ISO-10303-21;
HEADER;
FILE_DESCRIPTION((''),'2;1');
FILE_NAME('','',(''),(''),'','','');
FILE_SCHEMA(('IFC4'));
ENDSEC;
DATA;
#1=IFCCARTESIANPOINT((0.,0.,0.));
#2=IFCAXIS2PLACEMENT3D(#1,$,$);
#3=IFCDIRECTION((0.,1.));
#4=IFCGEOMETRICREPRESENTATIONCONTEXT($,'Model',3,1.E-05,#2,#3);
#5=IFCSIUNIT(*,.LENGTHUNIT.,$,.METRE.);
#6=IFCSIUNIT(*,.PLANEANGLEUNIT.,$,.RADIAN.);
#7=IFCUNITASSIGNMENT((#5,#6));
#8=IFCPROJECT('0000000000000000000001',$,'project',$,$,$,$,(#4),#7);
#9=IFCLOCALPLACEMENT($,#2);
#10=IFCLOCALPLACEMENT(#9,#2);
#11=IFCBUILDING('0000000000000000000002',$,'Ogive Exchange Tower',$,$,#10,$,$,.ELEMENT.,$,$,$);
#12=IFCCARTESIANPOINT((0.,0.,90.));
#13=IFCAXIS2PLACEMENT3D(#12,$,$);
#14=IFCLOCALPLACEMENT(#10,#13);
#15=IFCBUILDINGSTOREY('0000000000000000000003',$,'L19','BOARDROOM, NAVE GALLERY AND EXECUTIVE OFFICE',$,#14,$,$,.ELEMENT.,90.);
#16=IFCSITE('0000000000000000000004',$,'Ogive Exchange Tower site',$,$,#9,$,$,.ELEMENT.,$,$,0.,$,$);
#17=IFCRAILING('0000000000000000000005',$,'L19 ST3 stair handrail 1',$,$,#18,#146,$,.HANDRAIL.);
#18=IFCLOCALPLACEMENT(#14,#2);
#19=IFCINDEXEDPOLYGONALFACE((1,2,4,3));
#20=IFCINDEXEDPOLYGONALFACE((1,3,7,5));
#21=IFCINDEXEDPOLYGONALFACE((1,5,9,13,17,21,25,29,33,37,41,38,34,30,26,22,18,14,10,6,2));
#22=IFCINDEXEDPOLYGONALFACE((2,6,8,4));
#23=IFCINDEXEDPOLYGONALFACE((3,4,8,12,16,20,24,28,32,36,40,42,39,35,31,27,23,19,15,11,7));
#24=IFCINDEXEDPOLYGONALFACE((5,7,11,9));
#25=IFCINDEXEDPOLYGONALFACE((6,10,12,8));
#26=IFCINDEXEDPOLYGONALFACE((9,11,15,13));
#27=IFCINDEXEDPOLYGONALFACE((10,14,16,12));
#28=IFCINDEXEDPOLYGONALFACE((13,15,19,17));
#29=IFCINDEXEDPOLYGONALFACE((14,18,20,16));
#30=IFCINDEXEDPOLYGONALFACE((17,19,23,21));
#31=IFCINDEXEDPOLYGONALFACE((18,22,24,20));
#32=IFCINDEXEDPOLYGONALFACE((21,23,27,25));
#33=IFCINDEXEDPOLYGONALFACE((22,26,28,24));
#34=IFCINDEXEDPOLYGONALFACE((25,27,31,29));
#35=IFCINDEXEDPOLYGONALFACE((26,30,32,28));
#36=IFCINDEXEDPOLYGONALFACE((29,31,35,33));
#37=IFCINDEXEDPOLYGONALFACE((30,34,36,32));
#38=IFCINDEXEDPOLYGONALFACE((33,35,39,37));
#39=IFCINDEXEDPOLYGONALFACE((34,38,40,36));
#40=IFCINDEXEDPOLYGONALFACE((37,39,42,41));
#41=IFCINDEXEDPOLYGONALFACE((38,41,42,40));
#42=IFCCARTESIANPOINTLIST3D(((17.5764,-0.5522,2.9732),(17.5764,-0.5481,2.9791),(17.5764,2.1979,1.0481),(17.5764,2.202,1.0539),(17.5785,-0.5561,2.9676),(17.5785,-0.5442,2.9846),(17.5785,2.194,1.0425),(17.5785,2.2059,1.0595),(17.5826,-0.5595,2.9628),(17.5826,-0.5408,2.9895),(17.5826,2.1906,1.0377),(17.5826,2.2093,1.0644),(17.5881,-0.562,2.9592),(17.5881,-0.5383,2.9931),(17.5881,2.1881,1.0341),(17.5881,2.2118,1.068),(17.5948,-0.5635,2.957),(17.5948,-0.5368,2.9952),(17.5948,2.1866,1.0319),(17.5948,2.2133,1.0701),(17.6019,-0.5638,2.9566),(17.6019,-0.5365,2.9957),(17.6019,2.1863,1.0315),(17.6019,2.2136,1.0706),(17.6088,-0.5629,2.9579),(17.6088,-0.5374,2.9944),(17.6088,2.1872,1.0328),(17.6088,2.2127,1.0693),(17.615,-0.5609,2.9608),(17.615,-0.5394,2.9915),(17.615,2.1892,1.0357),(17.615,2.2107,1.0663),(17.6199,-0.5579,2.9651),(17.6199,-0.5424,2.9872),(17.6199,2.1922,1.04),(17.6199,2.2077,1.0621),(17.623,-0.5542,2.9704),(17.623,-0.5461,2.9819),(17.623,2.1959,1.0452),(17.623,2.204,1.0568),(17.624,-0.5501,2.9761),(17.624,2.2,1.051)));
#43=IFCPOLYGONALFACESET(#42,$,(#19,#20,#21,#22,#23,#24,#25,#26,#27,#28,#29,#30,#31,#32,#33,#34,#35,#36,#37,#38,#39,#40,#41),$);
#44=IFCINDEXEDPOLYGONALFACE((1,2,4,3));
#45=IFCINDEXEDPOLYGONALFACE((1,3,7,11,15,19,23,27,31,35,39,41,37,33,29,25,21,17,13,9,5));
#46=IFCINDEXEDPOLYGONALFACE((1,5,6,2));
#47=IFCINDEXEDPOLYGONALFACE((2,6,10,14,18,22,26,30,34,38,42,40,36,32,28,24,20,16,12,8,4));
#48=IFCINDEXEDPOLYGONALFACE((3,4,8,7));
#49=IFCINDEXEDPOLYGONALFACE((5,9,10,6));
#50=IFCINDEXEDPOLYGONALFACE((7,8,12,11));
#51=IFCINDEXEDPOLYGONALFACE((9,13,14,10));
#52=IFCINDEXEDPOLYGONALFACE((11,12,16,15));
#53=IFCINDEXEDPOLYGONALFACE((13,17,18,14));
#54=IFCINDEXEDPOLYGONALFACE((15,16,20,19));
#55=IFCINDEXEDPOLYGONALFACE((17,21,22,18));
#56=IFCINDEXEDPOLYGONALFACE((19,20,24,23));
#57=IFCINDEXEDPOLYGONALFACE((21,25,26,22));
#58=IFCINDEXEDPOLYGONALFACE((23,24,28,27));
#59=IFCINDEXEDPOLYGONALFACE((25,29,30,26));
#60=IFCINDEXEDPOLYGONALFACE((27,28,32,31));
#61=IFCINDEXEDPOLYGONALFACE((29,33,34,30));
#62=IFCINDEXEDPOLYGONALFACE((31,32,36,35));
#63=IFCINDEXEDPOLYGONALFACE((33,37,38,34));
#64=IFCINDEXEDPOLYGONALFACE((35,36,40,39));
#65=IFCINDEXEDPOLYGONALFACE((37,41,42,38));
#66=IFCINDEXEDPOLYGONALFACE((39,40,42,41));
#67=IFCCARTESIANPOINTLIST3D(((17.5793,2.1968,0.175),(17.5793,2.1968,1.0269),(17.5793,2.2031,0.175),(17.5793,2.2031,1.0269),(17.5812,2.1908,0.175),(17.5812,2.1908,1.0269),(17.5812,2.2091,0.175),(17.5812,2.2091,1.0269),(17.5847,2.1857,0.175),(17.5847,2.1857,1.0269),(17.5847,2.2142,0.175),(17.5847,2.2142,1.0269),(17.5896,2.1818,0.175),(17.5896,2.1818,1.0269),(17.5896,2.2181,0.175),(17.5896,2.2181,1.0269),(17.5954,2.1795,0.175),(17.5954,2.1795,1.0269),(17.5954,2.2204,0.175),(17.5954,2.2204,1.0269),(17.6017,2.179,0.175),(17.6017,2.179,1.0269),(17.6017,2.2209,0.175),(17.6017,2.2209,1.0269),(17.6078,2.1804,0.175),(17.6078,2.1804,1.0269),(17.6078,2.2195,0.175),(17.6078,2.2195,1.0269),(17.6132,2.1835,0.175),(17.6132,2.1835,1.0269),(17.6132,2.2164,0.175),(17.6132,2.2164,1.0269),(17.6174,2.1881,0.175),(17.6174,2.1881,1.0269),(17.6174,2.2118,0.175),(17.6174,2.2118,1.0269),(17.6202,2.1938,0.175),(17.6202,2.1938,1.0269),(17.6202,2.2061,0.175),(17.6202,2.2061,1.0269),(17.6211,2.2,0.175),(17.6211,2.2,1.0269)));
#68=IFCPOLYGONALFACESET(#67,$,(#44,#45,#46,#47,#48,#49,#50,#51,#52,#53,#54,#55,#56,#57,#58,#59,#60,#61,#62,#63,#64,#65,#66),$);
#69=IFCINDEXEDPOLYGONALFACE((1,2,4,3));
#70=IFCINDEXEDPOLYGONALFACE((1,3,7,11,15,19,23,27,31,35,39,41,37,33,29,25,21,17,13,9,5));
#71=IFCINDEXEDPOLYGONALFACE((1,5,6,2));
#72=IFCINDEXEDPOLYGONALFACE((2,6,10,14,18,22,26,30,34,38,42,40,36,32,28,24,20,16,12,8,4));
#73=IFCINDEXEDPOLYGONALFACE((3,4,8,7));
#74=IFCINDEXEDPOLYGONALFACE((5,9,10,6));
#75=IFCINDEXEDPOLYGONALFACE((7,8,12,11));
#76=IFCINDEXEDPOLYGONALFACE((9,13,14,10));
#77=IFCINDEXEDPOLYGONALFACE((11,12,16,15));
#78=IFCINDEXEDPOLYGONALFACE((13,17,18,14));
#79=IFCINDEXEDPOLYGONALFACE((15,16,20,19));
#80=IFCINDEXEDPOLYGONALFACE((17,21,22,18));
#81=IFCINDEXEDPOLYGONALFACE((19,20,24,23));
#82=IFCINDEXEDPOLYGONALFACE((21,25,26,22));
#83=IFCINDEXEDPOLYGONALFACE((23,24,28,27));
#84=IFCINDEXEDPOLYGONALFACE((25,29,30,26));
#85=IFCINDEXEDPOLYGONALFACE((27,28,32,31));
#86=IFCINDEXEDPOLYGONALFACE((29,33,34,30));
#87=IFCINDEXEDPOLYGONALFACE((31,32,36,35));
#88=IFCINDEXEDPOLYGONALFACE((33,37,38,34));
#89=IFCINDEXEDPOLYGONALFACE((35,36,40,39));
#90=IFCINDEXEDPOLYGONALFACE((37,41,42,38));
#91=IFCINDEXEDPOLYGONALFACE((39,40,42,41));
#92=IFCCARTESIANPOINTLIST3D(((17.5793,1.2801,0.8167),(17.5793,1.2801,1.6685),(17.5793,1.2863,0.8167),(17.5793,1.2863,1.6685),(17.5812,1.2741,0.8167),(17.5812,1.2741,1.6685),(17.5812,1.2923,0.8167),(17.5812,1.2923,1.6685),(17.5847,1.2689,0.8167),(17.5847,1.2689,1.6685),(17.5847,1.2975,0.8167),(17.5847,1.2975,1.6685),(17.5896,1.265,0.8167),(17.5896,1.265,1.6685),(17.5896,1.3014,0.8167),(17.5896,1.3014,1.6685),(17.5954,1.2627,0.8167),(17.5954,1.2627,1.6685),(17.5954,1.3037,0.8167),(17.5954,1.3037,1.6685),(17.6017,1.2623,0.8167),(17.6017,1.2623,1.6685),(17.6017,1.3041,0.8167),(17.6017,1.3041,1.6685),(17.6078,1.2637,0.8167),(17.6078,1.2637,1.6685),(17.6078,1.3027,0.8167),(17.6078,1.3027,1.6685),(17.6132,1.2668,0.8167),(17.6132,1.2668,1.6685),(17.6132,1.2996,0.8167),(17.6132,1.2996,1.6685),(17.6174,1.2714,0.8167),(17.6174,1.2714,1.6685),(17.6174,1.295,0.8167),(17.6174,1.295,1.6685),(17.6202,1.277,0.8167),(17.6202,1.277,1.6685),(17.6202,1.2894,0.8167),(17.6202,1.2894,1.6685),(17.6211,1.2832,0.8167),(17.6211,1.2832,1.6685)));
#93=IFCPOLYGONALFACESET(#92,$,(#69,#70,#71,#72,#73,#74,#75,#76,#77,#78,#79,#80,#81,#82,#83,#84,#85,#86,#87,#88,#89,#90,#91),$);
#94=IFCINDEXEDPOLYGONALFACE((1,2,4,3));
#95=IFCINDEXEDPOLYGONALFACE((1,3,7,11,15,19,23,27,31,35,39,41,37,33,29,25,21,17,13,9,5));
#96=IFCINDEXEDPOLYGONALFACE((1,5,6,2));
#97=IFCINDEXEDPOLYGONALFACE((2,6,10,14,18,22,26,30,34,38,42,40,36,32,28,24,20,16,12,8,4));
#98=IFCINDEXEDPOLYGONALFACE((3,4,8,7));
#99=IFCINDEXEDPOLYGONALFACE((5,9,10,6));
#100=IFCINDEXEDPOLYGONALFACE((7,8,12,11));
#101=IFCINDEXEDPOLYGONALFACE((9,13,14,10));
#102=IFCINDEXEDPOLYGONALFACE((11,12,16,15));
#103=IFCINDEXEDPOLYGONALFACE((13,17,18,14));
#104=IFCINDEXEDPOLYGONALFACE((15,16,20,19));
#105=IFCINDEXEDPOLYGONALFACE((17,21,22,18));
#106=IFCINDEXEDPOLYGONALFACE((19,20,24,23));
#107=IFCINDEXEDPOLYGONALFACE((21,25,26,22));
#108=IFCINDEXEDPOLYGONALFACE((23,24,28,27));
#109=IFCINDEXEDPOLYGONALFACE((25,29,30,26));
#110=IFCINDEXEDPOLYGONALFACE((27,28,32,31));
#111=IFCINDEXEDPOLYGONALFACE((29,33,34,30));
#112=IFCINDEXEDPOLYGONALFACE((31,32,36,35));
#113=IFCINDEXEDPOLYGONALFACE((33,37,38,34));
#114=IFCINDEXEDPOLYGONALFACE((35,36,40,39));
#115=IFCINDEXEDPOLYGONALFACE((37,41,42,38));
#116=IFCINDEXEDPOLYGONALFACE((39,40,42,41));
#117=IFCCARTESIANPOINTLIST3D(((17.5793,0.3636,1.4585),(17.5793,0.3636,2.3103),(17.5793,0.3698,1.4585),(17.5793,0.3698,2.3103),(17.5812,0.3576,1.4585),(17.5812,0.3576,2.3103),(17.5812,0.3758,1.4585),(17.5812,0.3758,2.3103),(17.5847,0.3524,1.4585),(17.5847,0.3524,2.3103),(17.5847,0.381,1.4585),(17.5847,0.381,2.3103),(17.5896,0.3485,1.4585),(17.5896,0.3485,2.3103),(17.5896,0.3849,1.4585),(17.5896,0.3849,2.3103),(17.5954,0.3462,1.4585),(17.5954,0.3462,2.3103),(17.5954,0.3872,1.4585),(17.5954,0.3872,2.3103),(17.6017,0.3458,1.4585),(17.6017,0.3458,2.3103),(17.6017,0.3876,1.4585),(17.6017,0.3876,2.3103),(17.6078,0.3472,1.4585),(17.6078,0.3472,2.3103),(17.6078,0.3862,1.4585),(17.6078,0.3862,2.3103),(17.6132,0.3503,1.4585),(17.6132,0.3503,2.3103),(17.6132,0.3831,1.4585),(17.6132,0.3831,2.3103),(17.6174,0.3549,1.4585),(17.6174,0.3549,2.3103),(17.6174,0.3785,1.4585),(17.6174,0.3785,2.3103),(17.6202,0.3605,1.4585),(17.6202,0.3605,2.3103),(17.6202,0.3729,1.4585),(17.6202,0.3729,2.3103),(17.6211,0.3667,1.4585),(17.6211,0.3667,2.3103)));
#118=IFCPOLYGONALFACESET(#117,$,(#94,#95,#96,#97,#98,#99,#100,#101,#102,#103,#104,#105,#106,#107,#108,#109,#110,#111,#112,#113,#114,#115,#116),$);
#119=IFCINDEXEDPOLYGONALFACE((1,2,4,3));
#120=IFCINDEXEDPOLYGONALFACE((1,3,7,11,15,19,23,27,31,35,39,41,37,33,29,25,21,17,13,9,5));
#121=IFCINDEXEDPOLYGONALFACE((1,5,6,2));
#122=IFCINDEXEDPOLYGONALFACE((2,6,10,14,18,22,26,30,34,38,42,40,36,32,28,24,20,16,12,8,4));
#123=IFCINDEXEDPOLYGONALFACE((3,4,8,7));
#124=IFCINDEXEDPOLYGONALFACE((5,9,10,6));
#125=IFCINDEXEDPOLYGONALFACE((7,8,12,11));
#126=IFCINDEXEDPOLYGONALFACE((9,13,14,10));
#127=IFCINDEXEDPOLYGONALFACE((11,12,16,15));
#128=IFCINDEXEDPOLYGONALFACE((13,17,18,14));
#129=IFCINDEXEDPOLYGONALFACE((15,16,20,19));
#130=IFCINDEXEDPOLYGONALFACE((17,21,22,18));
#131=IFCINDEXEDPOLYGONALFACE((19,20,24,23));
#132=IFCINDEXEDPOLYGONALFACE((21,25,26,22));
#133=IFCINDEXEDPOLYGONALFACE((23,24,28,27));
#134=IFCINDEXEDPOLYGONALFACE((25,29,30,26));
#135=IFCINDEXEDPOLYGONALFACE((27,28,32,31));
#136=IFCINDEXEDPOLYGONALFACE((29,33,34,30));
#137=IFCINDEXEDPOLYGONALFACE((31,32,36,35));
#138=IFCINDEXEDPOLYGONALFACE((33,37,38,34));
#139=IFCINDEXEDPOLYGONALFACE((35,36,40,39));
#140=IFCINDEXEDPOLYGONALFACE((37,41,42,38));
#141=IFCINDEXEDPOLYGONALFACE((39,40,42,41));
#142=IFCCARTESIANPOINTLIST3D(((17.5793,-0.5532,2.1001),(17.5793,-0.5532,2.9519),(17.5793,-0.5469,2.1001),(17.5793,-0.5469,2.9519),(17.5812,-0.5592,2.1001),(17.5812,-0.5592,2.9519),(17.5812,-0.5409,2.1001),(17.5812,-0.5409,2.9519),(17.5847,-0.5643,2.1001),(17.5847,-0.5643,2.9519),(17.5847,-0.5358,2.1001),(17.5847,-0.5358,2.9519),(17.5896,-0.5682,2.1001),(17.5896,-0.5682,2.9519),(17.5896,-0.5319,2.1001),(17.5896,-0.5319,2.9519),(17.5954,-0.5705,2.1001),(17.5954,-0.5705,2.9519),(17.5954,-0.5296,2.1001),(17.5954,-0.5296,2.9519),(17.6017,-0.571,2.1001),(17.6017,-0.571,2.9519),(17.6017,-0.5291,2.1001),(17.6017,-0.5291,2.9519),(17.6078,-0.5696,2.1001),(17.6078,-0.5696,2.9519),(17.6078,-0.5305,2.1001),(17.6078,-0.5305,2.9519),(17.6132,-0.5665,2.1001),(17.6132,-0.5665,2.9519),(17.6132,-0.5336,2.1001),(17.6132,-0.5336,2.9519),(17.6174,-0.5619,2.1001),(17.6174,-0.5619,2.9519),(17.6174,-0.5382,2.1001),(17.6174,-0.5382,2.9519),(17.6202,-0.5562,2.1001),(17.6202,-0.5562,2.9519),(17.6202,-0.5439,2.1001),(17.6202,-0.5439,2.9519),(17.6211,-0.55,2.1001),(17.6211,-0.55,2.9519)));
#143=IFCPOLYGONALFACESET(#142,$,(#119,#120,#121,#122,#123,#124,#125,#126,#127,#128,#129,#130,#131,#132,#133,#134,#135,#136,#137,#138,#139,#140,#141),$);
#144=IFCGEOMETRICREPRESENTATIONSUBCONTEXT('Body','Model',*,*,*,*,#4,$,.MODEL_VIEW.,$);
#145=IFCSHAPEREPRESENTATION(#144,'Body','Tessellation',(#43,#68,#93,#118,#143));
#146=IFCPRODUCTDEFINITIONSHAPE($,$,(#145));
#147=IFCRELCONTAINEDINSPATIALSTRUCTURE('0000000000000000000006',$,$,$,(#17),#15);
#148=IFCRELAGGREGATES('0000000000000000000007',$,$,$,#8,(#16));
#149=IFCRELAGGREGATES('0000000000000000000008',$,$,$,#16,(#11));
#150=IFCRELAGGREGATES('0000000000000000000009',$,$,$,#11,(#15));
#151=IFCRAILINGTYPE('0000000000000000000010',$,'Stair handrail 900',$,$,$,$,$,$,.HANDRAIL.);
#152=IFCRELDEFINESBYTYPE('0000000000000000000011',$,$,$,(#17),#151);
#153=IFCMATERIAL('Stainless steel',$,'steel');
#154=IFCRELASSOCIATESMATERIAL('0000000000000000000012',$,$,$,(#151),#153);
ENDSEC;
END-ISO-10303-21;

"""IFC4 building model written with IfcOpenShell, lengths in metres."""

from ifc_helpers import new_model, si_unit, direction, frame, origin, origin_2d, place, context, subcontext, project, spatial, circle, extrude, material, type_object, element, save


model = new_model("IFC4")

# Units and contexts
model_context = context("Model", 3, precision=1e-05, world=origin(), true_north=direction((0.0, 1.0)))
body_context = subcontext(model_context, "Body", "Model", "MODEL_VIEW")
ifc_project = project(units=[si_unit("LENGTHUNIT", "METRE"), si_unit("PLANEANGLEUNIT", "RADIAN")], contexts=[model_context])

# Site, building, storey
site_placement = place(None, origin())
site = spatial("IfcSite", under=ifc_project, at=site_placement, Name="Ogive Exchange Tower site", CompositionType="ELEMENT", RefElevation=0.0)
building_placement = place(site_placement, origin())
building = spatial("IfcBuilding", under=site, at=building_placement, Name="Ogive Exchange Tower", CompositionType="ELEMENT")
storey_placement = place(building_placement, frame((0.0, 0.0, 90.0)))
storey = spatial("IfcBuildingStorey", under=building, at=storey_placement, Name="L19", Description="BOARDROOM, NAVE GALLERY AND EXECUTIVE OFFICE", CompositionType="ELEMENT", Elevation=90.0)

# Shared definitions
ifc_material_1 = material(Name="Stainless steel", Category="steel")

# Railing
railing_type = type_object("IfcRailingType", Name="Stair handrail 900", PredefinedType="HANDRAIL", material=ifc_material_1)
railing_1_placement = place(storey_placement, frame((17.6001, 2.2, 0.175)))
element("IfcRailing", 1, at=railing_1_placement, inside=storey, type_object=railing_type, Name="L19 ST3 stair handrail 1", PredefinedType="HANDRAIL", context=body_context, shape_type="SweptSolid", body=[
    extrude(circle(Radius=0.0239, at=origin_2d()), frame((0.0, 0.0, 0.876), z_axis=(0.0, -0.819225, 0.573472), x_axis=(1.0, 0.0, 0.0)), (0.0, 0.0, 1.0), 3.3569),
    extrude(circle(Radius=0.021, at=origin_2d()), origin(), (0.0, 0.0, 1.0), 0.8518),
    extrude(circle(Radius=0.021, at=origin_2d()), frame((0.0, -0.9167, 0.6416)), (0.0, 0.0, 1.0), 0.8518),
    extrude(circle(Radius=0.021, at=origin_2d()), frame((0.0, -1.8333, 1.2834)), (0.0, 0.0, 1.0), 0.8518),
    extrude(circle(Radius=0.021, at=origin_2d()), frame((0.0, -2.75, 1.925)), (0.0, 0.0, 1.0), 0.8518),
])

save(model, "model.ifc")
